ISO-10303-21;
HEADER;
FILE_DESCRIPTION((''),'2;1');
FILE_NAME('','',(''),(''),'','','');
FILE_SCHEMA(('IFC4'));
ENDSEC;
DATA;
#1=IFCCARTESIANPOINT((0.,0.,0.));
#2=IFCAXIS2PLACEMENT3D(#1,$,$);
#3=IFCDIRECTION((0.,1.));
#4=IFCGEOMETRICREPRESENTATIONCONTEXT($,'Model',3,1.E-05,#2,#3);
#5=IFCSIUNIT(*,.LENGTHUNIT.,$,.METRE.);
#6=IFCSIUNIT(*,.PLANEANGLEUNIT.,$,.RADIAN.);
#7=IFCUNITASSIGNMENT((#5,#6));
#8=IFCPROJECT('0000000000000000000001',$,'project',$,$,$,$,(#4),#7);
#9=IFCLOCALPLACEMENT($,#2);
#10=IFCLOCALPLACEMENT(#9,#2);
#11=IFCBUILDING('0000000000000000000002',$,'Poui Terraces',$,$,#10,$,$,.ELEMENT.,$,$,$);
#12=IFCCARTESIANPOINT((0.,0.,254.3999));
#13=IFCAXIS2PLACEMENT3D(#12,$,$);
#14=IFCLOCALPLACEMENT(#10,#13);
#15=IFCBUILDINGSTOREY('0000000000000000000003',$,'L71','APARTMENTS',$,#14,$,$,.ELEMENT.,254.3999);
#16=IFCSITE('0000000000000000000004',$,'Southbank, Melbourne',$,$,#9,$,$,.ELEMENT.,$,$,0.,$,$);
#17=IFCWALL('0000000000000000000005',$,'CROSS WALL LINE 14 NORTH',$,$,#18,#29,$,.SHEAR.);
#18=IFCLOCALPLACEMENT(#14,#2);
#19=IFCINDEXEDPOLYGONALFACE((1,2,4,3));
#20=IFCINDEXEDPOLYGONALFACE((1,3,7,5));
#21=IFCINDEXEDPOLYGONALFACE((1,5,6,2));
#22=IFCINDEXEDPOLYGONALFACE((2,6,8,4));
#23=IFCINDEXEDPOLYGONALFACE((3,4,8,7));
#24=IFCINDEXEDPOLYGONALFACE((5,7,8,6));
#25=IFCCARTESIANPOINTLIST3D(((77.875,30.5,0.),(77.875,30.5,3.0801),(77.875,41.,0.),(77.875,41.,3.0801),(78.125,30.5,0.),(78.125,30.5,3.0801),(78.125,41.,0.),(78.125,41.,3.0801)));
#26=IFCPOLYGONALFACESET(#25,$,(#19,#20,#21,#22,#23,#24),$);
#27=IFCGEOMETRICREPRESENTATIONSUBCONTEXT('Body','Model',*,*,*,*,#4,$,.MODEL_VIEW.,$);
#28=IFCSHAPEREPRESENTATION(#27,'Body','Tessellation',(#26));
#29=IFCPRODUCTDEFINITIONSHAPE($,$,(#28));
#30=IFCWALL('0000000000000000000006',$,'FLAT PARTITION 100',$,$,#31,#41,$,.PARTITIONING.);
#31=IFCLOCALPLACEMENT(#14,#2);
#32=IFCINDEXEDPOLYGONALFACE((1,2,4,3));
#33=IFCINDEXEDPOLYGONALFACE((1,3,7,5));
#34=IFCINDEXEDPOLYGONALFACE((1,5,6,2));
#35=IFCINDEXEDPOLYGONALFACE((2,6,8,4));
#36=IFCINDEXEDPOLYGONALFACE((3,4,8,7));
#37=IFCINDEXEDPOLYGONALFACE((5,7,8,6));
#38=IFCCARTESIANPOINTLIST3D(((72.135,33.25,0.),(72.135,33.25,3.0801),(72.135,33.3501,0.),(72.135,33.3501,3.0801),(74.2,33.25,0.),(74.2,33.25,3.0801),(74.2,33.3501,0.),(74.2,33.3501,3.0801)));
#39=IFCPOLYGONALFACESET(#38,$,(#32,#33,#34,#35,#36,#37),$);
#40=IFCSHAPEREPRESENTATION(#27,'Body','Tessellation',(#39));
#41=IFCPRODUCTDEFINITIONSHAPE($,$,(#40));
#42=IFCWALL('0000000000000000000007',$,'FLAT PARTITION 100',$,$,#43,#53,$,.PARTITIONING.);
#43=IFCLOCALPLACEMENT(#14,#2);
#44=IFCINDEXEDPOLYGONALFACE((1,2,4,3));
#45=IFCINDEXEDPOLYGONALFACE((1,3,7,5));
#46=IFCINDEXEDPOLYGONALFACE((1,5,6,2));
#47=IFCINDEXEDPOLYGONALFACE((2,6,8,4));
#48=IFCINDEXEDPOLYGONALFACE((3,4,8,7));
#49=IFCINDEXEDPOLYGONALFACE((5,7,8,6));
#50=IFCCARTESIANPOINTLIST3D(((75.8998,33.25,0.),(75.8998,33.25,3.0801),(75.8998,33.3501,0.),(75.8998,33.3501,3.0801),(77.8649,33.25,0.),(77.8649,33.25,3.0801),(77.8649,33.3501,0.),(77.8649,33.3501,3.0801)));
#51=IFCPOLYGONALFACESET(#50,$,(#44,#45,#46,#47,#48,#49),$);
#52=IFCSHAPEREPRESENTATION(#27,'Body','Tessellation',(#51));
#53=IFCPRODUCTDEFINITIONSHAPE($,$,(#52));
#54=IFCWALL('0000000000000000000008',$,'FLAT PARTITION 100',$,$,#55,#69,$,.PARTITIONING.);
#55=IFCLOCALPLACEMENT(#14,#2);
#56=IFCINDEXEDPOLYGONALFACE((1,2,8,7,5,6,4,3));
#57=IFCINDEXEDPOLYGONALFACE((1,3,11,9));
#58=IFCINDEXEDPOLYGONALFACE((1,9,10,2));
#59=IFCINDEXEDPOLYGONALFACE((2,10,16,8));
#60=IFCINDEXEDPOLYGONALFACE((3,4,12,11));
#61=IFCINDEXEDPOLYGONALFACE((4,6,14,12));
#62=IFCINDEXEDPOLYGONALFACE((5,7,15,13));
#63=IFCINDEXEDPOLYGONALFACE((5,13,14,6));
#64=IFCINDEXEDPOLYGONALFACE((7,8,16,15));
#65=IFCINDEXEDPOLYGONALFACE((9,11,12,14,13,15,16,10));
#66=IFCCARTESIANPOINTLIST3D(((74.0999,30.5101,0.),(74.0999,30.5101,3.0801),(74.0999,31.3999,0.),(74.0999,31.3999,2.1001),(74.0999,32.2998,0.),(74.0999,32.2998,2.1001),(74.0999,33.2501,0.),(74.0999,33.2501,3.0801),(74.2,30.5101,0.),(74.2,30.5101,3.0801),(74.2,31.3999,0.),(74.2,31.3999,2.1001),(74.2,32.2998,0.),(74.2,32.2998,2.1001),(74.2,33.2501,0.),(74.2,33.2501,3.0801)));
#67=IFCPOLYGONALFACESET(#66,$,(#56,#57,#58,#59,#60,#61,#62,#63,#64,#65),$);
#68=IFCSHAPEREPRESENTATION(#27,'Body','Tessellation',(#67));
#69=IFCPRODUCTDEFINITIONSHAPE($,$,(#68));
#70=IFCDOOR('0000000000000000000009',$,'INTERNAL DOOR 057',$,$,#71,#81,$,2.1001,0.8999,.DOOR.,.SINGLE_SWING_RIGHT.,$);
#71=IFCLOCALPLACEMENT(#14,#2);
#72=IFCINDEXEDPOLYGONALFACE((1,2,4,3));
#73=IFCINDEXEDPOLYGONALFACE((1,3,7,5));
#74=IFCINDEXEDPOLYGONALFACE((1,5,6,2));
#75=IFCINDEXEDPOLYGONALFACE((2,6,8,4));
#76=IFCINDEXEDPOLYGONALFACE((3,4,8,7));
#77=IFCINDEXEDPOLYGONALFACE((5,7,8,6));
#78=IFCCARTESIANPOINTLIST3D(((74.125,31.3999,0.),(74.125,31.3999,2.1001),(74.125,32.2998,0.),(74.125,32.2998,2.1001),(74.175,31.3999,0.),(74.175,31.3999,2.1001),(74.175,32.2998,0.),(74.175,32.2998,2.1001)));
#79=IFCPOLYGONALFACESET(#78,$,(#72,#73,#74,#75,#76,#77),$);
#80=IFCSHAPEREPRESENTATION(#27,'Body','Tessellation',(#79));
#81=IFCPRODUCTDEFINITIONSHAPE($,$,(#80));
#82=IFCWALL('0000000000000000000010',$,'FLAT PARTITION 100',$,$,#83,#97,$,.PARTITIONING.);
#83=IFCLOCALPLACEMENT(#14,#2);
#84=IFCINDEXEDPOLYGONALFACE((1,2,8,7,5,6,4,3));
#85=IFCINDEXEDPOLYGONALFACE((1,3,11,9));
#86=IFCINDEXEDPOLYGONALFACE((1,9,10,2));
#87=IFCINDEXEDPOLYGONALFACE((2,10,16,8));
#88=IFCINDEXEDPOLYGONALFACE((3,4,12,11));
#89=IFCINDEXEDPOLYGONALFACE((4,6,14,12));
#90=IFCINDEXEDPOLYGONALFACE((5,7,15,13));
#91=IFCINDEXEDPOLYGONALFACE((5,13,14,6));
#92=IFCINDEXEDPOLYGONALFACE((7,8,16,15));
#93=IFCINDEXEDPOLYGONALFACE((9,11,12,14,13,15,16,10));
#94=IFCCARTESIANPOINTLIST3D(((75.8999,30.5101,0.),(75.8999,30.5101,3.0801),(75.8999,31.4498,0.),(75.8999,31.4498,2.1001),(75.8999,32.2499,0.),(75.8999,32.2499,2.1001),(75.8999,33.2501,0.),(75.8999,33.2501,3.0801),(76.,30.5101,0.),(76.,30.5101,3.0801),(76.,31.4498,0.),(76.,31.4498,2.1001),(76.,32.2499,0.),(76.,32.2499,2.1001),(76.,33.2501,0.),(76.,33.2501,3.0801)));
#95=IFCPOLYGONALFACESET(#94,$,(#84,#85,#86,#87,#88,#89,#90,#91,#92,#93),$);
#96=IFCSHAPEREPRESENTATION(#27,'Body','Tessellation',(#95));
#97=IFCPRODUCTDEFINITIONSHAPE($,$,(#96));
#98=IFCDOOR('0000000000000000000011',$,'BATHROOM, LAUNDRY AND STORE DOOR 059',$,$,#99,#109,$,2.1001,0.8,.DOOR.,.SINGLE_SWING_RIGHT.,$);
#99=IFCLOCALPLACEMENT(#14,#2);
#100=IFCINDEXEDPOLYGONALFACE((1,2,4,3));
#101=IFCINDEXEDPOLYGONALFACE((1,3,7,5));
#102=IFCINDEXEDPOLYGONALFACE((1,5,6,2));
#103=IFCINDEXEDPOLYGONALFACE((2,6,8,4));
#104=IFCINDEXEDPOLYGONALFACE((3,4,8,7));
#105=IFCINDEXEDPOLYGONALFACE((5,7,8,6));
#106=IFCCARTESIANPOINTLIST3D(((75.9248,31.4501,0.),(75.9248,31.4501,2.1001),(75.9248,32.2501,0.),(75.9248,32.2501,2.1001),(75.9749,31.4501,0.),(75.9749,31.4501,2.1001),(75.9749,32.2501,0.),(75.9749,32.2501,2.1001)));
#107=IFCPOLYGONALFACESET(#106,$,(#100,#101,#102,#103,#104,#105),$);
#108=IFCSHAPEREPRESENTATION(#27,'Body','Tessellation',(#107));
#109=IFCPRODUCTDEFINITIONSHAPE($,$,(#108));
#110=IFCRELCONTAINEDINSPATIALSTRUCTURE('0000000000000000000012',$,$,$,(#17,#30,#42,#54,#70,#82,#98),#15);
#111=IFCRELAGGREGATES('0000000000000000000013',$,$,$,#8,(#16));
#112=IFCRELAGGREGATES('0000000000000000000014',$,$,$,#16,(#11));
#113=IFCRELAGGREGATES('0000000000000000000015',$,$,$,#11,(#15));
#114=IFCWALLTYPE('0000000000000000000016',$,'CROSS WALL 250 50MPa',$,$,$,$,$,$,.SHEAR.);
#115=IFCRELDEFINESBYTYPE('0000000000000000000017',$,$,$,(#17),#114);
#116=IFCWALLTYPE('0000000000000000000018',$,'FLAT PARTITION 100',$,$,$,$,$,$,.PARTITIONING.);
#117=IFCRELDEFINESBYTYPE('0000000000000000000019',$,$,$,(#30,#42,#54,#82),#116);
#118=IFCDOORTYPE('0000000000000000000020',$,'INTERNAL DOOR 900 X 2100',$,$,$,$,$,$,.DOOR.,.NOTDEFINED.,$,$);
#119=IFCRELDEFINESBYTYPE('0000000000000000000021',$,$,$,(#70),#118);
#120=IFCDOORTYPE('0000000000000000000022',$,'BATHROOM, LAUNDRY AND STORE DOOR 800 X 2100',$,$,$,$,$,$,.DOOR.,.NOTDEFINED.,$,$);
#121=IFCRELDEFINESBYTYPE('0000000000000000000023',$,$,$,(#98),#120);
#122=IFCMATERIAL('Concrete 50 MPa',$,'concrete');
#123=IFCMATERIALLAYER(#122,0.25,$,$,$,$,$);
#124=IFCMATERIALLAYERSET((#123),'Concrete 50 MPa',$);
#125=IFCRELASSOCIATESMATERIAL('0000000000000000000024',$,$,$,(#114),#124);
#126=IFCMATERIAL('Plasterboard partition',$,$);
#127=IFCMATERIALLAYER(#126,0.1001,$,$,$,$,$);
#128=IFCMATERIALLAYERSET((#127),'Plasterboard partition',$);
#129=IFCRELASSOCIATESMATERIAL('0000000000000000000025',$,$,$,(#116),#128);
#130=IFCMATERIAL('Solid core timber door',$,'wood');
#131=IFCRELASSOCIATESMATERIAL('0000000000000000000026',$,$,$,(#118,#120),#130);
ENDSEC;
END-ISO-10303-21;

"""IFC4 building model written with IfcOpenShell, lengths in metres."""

from ifc_helpers import new_model, si_unit, direction, frame, frame_2d, origin, place, context, subcontext, project, spatial, rectangle, extrude, material, layer, layer_set, type_object, element, fill, save


model = new_model("IFC4")

# Units and contexts
model_context = context("Model", 3, precision=1e-05, world=origin(), true_north=direction((0.0, 1.0)))
body_context = subcontext(model_context, "Body", "Model", "MODEL_VIEW")
ifc_project = project(units=[si_unit("LENGTHUNIT", "METRE"), si_unit("PLANEANGLEUNIT", "RADIAN")], contexts=[model_context])

# Site, building, storey
site_placement = place(None, origin())
site = spatial("IfcSite", under=ifc_project, at=site_placement, Name="Southbank, Melbourne", CompositionType="ELEMENT", RefElevation=0.0)
building_placement = place(site_placement, origin())
building = spatial("IfcBuilding", under=site, at=building_placement, Name="Poui Terraces", CompositionType="ELEMENT")
storey_placement = place(building_placement, frame((0.0, 0.0, 254.3999)))
storey = spatial("IfcBuildingStorey", under=building, at=storey_placement, Name="L71", Description="APARTMENTS", CompositionType="ELEMENT", Elevation=254.3999)

# Walls
ifc_material_1 = material(Name="Concrete 50 MPa", Category="concrete")
ifc_layer_1 = layer(ifc_material_1, 0.25)
ifc_layer_set_1 = layer_set([ifc_layer_1], Name="Concrete 50 MPa")
wall_type_1 = type_object("IfcWallType", Name="CROSS WALL 250 50MPa", PredefinedType="SHEAR", material=ifc_layer_set_1)
wall_1_placement = place(storey_placement, frame((78.0, 30.5, 0.0), z_axis=(0.0, 0.0, 1.0), x_axis=(0.0, 1.0, 0.0)))
element("IfcWall", 1, at=wall_1_placement, inside=storey, type_object=wall_type_1, Name="CROSS WALL LINE 14 NORTH", PredefinedType="SHEAR", context=body_context, shape_type="SweptSolid", body=[
    extrude(rectangle(XDim=10.5, YDim=0.25, at=frame_2d((5.25, 0.0))), origin(), (0.0, 0.0, 1.0), 3.0801),
])
ifc_material_2 = material(Name="Plasterboard partition")
ifc_layer_2 = layer(ifc_material_2, 0.1001)
ifc_layer_set_2 = layer_set([ifc_layer_2], Name="Plasterboard partition")
wall_type_2 = type_object("IfcWallType", Name="FLAT PARTITION 100", PredefinedType="PARTITIONING", material=ifc_layer_set_2)
wall_2_placement = place(storey_placement, frame((72.135, 33.3, 0.0), z_axis=(0.0, 0.0, 1.0), x_axis=(1.0, 0.0, 0.0)))
element("IfcWall", 2, at=wall_2_placement, inside=storey, type_object=wall_type_2, Name="FLAT PARTITION 100", PredefinedType="PARTITIONING", context=body_context, shape_type="SweptSolid", body=[
    extrude(rectangle(XDim=2.0649, YDim=0.1001, at=frame_2d((1.0325, 0.0))), origin(), (0.0, 0.0, 1.0), 3.0801),
])
wall_3_placement = place(storey_placement, frame((75.8999, 33.3, 0.0), z_axis=(0.0, 0.0, 1.0), x_axis=(1.0, 0.0, 0.0)))
element("IfcWall", 3, at=wall_3_placement, inside=storey, type_object=wall_type_2, Name="FLAT PARTITION 100", PredefinedType="PARTITIONING", context=body_context, shape_type="SweptSolid", body=[
    extrude(rectangle(XDim=1.9651, YDim=0.1001, at=frame_2d((0.9824, 0.0))), origin(), (0.0, 0.0, 1.0), 3.0801),
])

# Walls, openings, doors
wall_4_placement = place(storey_placement, frame((74.1499, 30.51, 0.0), z_axis=(0.0, 0.0, 1.0), x_axis=(0.0, 1.0, 0.0)))
wall_4 = element("IfcWall", 4, at=wall_4_placement, inside=storey, type_object=wall_type_2, Name="FLAT PARTITION 100", PredefinedType="PARTITIONING", context=body_context, shape_type="SweptSolid", body=[
    extrude(rectangle(XDim=2.74, YDim=0.1001, at=frame_2d((1.3701, 0.0))), origin(), (0.0, 0.0, 1.0), 3.0801),
])
opening_1_placement = place(wall_4_placement, frame((0.8899, 0.0, 0.0)))
opening_1 = element("IfcOpeningElement", 5, at=opening_1_placement, cuts=wall_4, PredefinedType="OPENING", context=body_context, shape_type="SweptSolid", body=[
    extrude(rectangle(XDim=0.8999, YDim=2.1001, at=frame_2d((0.45, 1.05))), frame((0.0, 0.0601, 0.0), z_axis=(0.0, -1.0, 0.0), x_axis=(1.0, 0.0, 0.0)), (0.0, 0.0, 1.0), 0.1201),
])
ifc_material_3 = material(Name="Solid core timber door", Category="wood")
door_type_1 = type_object("IfcDoorType", Name="INTERNAL DOOR 900 X 2100", OperationType="NOTDEFINED", PredefinedType="DOOR", material=ifc_material_3)
door_1_placement = place(opening_1_placement, origin())
door_1 = element("IfcDoor", 6, at=door_1_placement, inside=storey, type_object=door_type_1, Name="INTERNAL DOOR 057", OperationType="SINGLE_SWING_RIGHT", OverallHeight=2.1001, OverallWidth=0.8999, PredefinedType="DOOR", context=body_context, shape_type="SweptSolid", body=[
    extrude(rectangle(XDim=0.8999, YDim=2.1001, at=frame_2d((0.45, 1.05))), frame((0.0, 0.0249, 0.0), z_axis=(0.0, -1.0, 0.0), x_axis=(1.0, 0.0, 0.0)), (0.0, 0.0, 1.0), 0.05),
])
fill(opening_1, door_1)
wall_5_placement = place(storey_placement, frame((75.95, 30.51, 0.0), z_axis=(0.0, 0.0, 1.0), x_axis=(0.0, 1.0, 0.0)))
wall_5 = element("IfcWall", 7, at=wall_5_placement, inside=storey, type_object=wall_type_2, Name="FLAT PARTITION 100", PredefinedType="PARTITIONING", context=body_context, shape_type="SweptSolid", body=[
    extrude(rectangle(XDim=2.74, YDim=0.1001, at=frame_2d((1.3701, 0.0))), origin(), (0.0, 0.0, 1.0), 3.0801),
])
opening_2_placement = place(wall_5_placement, frame((0.9399, 0.0, 0.0)))
opening_2 = element("IfcOpeningElement", 8, at=opening_2_placement, cuts=wall_5, PredefinedType="OPENING", context=body_context, shape_type="SweptSolid", body=[
    extrude(rectangle(XDim=0.8, YDim=2.1001, at=frame_2d((0.3999, 1.05))), frame((0.0, 0.0601, 0.0), z_axis=(0.0, -1.0, 0.0), x_axis=(1.0, 0.0, 0.0)), (0.0, 0.0, 1.0), 0.1201),
])
door_type_2 = type_object("IfcDoorType", Name="BATHROOM, LAUNDRY AND STORE DOOR 800 X 2100", OperationType="NOTDEFINED", PredefinedType="DOOR", material=ifc_material_3)
door_2_placement = place(opening_2_placement, frame((0.8, 0.0, 0.0), z_axis=(0.0, 0.0, 1.0), x_axis=(-1.0, 0.0, 0.0)))
door_2 = element("IfcDoor", 9, at=door_2_placement, inside=storey, type_object=door_type_2, Name="BATHROOM, LAUNDRY AND STORE DOOR 059", OperationType="SINGLE_SWING_RIGHT", OverallHeight=2.1001, OverallWidth=0.8, PredefinedType="DOOR", context=body_context, shape_type="SweptSolid", body=[
    extrude(rectangle(XDim=0.8, YDim=2.1001, at=frame_2d((0.3999, 1.05))), frame((0.0, 0.0249, 0.0), z_axis=(0.0, -1.0, 0.0), x_axis=(1.0, 0.0, 0.0)), (0.0, 0.0, 1.0), 0.05),
])
fill(opening_2, door_2)

save(model, "model.ifc")
